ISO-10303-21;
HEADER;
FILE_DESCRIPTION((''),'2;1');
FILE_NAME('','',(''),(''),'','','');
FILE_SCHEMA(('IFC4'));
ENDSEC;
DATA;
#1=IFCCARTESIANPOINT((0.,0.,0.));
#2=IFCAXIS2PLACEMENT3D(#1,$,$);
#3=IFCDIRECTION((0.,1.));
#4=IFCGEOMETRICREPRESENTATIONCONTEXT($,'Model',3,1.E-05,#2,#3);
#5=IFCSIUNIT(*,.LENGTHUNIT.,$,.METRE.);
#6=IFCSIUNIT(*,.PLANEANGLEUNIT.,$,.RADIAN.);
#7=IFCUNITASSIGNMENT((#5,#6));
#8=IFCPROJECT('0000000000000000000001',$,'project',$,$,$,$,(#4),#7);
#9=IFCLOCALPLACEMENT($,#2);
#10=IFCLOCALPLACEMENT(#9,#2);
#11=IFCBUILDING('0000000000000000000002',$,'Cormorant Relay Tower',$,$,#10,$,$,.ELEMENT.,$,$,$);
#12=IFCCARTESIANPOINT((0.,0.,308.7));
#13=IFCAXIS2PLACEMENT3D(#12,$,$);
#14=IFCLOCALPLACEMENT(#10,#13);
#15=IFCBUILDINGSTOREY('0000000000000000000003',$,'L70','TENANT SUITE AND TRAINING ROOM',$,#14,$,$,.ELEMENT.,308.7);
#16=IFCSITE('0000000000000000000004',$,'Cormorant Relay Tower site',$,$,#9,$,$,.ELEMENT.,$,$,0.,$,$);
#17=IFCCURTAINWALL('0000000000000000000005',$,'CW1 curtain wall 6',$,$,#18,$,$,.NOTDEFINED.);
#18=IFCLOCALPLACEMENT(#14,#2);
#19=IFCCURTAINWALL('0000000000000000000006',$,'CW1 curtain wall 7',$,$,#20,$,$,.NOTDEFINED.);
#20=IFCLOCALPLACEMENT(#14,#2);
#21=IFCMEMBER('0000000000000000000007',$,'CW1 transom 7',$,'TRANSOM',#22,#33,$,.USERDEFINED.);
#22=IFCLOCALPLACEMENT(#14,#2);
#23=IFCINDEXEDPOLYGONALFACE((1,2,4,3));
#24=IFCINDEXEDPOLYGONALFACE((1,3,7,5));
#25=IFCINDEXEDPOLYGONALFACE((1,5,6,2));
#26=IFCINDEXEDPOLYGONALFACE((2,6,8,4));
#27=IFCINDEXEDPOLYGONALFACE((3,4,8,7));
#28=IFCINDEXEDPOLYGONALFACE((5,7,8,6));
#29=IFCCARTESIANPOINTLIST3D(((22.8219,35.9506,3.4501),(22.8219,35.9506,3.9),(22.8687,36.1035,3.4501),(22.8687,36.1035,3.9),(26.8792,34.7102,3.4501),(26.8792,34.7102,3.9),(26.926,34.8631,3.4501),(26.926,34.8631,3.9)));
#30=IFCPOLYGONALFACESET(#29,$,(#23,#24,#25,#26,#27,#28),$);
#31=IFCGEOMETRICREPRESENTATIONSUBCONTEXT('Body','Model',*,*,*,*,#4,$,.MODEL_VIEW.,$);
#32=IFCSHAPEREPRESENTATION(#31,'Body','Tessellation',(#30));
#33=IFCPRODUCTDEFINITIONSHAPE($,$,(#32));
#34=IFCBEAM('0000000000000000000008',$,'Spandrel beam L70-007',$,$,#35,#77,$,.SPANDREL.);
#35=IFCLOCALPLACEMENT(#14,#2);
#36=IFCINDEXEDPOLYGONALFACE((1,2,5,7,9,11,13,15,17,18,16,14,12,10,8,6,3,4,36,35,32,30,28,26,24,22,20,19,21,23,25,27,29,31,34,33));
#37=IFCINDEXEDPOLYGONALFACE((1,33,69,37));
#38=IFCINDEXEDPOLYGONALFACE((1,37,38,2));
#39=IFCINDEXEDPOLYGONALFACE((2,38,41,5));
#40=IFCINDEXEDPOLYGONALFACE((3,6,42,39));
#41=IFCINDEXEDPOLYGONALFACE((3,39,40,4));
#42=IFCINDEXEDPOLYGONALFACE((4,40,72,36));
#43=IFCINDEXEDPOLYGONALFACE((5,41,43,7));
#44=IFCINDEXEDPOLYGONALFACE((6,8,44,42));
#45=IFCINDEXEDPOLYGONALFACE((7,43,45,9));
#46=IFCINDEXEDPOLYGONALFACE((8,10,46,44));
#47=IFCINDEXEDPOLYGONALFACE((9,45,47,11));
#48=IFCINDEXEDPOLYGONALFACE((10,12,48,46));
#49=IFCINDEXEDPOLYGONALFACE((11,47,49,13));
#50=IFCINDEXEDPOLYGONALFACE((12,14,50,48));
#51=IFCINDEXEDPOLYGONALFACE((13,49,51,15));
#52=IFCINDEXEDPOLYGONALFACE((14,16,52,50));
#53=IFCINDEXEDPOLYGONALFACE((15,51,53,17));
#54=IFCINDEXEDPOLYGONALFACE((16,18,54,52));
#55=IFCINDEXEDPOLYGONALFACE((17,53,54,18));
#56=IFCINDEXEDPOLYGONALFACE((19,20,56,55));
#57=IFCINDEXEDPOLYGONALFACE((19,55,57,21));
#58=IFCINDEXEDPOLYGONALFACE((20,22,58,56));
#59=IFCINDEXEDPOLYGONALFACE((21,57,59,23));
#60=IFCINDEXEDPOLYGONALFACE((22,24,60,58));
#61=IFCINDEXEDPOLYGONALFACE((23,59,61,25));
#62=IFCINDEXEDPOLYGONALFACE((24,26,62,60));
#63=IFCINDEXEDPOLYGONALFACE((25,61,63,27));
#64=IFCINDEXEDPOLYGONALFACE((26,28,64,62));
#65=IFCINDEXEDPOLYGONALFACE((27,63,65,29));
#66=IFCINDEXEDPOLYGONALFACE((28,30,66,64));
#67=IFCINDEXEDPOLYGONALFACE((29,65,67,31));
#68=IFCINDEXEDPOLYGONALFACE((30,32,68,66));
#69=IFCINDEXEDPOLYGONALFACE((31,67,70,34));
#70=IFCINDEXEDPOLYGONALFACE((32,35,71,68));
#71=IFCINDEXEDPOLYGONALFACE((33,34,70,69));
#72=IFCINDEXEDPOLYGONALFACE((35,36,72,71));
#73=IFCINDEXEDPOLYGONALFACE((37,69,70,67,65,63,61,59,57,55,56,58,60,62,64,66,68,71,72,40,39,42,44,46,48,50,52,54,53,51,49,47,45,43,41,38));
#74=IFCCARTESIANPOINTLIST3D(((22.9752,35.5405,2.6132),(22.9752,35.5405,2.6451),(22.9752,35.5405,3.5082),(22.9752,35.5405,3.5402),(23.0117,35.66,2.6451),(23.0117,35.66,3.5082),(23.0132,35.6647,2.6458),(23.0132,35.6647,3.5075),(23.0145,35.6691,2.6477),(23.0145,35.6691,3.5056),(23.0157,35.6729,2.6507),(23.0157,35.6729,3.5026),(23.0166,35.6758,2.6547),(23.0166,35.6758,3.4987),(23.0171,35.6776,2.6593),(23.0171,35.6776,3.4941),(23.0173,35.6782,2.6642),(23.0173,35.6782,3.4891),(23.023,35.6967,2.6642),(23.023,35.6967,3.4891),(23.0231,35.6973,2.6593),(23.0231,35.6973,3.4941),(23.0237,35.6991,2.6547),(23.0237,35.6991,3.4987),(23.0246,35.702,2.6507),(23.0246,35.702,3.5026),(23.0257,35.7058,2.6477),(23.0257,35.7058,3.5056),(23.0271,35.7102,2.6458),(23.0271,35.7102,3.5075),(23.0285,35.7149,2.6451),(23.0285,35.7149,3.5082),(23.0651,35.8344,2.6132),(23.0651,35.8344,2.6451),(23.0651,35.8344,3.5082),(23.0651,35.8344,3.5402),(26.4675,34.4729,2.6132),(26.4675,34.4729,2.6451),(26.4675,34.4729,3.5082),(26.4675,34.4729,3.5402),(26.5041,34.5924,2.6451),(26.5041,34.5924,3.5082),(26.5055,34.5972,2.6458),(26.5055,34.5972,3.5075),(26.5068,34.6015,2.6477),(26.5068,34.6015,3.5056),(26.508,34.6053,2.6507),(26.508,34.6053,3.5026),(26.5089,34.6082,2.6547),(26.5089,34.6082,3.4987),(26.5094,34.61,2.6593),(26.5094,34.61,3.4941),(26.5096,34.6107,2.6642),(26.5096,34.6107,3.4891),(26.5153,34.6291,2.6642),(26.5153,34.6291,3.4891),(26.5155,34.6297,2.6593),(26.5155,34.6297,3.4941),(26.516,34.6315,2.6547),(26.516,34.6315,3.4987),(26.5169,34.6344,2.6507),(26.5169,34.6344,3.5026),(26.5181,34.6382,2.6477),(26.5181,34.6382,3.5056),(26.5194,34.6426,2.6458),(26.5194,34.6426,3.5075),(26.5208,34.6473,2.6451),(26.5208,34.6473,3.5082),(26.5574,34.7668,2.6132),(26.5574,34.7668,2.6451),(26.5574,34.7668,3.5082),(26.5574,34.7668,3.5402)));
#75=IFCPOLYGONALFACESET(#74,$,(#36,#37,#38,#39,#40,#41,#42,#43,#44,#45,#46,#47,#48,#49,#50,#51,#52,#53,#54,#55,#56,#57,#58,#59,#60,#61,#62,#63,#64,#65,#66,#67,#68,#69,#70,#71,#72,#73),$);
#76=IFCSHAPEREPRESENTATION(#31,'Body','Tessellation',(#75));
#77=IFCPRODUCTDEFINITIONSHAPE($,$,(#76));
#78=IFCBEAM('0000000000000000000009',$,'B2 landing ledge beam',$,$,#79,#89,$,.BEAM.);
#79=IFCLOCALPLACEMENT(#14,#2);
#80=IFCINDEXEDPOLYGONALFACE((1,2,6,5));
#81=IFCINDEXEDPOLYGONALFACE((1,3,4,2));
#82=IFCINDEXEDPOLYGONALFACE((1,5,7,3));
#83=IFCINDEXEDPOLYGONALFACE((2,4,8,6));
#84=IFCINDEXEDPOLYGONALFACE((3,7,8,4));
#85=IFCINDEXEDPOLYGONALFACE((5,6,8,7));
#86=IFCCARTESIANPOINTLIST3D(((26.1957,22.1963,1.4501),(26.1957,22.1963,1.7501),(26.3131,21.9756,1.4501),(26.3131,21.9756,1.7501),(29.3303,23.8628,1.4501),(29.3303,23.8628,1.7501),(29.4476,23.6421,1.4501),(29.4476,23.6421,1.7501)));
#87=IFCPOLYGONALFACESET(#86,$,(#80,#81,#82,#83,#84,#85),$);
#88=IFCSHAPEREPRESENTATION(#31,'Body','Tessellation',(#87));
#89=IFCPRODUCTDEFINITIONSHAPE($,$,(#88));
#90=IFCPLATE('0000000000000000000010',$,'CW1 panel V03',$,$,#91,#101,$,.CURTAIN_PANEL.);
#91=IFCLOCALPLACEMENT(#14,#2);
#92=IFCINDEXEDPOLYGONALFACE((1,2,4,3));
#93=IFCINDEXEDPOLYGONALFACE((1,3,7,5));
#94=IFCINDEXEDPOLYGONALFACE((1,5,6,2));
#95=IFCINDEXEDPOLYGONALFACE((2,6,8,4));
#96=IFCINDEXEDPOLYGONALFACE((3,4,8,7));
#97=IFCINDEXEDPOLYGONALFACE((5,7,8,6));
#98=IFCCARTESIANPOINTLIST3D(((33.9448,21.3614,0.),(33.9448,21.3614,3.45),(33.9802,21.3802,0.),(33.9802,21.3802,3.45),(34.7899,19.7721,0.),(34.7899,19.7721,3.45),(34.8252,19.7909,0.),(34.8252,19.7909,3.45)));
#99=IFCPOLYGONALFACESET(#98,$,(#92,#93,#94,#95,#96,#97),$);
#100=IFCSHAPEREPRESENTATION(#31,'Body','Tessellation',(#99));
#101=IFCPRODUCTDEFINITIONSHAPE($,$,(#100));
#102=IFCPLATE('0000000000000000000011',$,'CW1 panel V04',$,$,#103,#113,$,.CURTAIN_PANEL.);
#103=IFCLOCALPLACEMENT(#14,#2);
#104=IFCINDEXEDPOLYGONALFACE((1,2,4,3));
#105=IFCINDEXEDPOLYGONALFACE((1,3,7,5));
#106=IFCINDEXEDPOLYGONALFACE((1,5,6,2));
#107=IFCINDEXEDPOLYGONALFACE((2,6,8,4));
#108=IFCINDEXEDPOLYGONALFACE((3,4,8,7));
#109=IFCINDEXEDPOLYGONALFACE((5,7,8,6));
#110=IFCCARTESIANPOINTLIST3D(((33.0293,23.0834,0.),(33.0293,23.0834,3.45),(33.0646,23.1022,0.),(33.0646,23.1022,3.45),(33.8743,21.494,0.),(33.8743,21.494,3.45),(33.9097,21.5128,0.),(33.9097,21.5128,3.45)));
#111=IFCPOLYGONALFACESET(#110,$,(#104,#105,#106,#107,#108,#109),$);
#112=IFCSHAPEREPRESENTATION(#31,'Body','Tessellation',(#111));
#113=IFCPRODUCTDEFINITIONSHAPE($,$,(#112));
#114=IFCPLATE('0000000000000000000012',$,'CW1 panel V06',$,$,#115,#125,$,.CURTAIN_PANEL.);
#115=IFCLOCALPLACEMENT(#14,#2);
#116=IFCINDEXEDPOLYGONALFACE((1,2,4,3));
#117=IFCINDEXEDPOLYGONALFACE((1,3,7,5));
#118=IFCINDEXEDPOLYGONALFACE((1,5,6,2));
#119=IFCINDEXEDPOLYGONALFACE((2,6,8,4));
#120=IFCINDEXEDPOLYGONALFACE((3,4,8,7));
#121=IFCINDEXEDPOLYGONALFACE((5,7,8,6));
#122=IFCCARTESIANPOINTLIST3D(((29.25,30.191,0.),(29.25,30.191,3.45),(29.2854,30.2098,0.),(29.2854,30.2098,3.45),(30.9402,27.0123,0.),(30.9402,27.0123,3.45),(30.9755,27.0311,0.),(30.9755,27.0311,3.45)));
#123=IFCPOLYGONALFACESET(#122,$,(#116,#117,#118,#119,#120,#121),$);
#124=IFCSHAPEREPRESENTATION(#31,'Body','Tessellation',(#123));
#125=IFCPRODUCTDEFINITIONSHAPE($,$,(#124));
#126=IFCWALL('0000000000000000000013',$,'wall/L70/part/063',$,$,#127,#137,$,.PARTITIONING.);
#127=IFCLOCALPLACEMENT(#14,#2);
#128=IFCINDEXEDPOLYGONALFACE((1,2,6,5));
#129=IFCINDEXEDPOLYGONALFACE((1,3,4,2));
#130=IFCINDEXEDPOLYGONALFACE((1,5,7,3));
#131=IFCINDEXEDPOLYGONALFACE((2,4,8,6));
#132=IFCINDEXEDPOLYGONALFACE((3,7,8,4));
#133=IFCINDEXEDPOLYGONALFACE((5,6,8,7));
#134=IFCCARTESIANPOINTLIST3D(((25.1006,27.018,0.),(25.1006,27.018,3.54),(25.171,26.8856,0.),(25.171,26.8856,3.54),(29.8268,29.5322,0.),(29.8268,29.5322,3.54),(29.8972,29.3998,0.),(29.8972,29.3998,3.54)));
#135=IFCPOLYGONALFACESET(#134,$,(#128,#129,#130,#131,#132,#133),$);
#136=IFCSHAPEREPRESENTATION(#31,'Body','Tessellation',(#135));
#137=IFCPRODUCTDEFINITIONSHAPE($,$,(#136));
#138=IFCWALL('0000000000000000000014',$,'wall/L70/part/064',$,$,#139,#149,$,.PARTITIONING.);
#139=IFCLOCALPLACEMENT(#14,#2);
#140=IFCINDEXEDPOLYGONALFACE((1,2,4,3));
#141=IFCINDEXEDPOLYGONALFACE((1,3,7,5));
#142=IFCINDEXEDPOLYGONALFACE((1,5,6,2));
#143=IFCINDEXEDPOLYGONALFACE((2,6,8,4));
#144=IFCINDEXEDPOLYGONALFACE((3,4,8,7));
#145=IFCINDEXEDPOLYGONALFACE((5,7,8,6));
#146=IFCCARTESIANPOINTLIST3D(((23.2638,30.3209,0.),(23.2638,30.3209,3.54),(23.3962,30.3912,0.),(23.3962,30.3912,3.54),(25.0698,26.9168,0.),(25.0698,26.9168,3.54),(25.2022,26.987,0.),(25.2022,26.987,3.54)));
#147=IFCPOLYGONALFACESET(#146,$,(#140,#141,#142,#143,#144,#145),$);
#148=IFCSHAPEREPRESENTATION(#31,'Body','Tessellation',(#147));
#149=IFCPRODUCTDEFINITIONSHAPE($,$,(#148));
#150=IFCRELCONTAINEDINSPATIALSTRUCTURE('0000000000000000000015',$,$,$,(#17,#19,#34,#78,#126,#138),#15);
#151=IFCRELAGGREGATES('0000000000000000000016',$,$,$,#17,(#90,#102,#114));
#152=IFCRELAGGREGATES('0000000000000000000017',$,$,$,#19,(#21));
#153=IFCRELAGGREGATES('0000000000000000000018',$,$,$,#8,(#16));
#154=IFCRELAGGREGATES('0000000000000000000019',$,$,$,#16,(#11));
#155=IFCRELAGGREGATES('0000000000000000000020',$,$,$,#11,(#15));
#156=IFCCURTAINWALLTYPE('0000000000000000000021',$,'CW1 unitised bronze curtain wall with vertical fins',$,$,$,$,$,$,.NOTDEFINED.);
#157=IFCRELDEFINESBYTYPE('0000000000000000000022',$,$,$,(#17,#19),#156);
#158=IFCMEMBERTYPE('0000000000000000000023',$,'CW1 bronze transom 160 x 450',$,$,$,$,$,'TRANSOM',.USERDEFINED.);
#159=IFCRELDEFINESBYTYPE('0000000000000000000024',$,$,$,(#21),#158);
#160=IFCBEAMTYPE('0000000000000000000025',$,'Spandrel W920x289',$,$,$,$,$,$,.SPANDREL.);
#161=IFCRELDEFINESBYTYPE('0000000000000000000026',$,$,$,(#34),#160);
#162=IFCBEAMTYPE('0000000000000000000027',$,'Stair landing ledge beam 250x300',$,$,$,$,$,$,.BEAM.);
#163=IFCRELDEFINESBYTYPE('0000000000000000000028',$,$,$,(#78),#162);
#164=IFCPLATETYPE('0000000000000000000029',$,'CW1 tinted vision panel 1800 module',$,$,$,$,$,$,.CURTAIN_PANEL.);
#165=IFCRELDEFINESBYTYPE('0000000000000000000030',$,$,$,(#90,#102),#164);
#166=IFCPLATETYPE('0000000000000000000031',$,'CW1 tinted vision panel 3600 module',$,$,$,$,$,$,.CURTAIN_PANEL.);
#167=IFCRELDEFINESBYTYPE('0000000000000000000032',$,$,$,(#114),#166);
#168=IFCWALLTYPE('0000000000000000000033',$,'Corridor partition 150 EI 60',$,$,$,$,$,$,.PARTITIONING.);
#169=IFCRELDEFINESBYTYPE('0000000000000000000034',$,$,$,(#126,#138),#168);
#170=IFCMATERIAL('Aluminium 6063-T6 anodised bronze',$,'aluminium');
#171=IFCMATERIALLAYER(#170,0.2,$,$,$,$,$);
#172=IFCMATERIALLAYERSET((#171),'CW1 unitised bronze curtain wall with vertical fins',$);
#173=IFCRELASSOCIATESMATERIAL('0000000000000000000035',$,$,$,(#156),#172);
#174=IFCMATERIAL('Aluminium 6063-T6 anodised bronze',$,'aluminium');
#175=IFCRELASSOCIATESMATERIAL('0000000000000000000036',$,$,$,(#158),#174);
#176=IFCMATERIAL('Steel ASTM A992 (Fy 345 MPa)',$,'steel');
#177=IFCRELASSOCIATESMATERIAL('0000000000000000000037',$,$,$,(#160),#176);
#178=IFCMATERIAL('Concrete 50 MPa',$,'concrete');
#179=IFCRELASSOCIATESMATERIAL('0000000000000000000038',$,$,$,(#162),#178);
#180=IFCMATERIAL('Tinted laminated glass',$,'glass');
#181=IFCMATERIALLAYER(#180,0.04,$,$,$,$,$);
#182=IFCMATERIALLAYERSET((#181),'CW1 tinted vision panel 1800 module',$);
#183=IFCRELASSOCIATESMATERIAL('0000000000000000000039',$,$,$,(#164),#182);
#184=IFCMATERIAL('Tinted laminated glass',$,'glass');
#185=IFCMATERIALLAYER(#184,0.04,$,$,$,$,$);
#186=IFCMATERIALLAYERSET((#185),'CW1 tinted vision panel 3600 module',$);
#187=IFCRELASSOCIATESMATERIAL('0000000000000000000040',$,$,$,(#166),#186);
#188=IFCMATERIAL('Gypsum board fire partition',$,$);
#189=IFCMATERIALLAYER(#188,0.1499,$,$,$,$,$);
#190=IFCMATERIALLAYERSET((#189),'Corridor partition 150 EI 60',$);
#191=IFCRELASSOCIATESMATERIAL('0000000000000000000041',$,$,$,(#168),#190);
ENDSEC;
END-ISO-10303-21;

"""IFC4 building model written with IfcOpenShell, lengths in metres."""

from ifc_helpers import new_model, si_unit, direction, frame, frame_2d, origin, origin_2d, place, context, subcontext, project, spatial, rectangle, i_section, extrude, material, layer, layer_set, material_profile, profile_set, type_object, element, aggregate, save


model = new_model("IFC4")

# Units and contexts
model_context = context("Model", 3, precision=1e-05, world=origin(), true_north=direction((0.0, 1.0)))
body_context = subcontext(model_context, "Body", "Model", "MODEL_VIEW")
ifc_project = project(units=[si_unit("LENGTHUNIT", "METRE"), si_unit("PLANEANGLEUNIT", "RADIAN")], contexts=[model_context])

# Site, building, storey
site_placement = place(None, origin())
site = spatial("IfcSite", under=ifc_project, at=site_placement, Name="Cormorant Relay Tower site", CompositionType="ELEMENT", RefElevation=0.0)
building_placement = place(site_placement, origin())
building = spatial("IfcBuilding", under=site, at=building_placement, Name="Cormorant Relay Tower", CompositionType="ELEMENT")
storey_placement = place(building_placement, frame((0.0, 0.0, 308.7)))
storey = spatial("IfcBuildingStorey", under=building, at=storey_placement, Name="L70", Description="TENANT SUITE AND TRAINING ROOM", CompositionType="ELEMENT", Elevation=308.7)

# Curtain walls, member
ifc_material_1 = material(Name="Aluminium 6063-T6 anodised bronze", Category="aluminium")
ifc_layer_1 = layer(ifc_material_1, 0.2)
ifc_layer_set_1 = layer_set([ifc_layer_1], Name="CW1 unitised bronze curtain wall with vertical fins")
curtain_wall_type = type_object("IfcCurtainWallType", Name="CW1 unitised bronze curtain wall with vertical fins", PredefinedType="NOTDEFINED", material=ifc_layer_set_1)
curtain_wall_1_placement = place(storey_placement, origin())
curtain_wall_1 = element("IfcCurtainWall", 1, at=curtain_wall_1_placement, inside=storey, type_object=curtain_wall_type, Name="CW1 curtain wall 6", PredefinedType="NOTDEFINED")
curtain_wall_2_placement = place(storey_placement, origin())
curtain_wall_2 = element("IfcCurtainWall", 2, at=curtain_wall_2_placement, inside=storey, type_object=curtain_wall_type, Name="CW1 curtain wall 7", PredefinedType="NOTDEFINED")
ifc_material_2 = material(Name="Aluminium 6063-T6 anodised bronze", Category="aluminium")
ifc_material_profile_1 = material_profile(ifc_material_2, rectangle(XDim=0.1599, YDim=0.45, at=origin_2d()), Name="AL 160x450")
ifc_profile_set_1 = profile_set([ifc_material_profile_1], Name="Aluminium 6063-T6 anodised bronze")
member_type_1 = type_object("IfcMemberType", Name="CW1 bronze transom 160 x 450", ElementType="TRANSOM", PredefinedType="USERDEFINED", material=ifc_profile_set_1)
member_1_placement = place(storey_placement, frame((26.9026, 34.7866, 3.675), z_axis=(-0.956304, 0.292375, 0.0), x_axis=(-0.292375, -0.956304, 0.0)))
member_1 = element("IfcMember", 3, at=member_1_placement, type_object=member_type_1, Name="CW1 transom 7", ObjectType="TRANSOM", PredefinedType="USERDEFINED", context=body_context, shape_type="SweptSolid", body=[
    extrude(rectangle(XDim=0.1599, YDim=0.45, at=origin_2d()), origin(), (0.0, 0.0, 1.0), 4.2427),
])

# Beams
ifc_material_3 = material(Name="Steel ASTM A992 (Fy 345 MPa)", Category="steel")
ifc_material_profile_2 = material_profile(ifc_material_3, i_section(OverallWidth=0.3074, OverallDepth=0.927, WebThickness=0.0193, FlangeThickness=0.032, FilletRadius=0.019, at=origin_2d()), Name="W920x289")
ifc_profile_set_2 = profile_set([ifc_material_profile_2], Name="Steel ASTM A992 (Fy 345 MPa)")
beam_type_1 = type_object("IfcBeamType", Name="Spandrel W920x289", PredefinedType="SPANDREL", material=ifc_profile_set_2)
beam_1_placement = place(storey_placement, frame((26.5125, 34.6199, 3.0767), z_axis=(-0.956314, 0.292343, 0.0), x_axis=(-0.292343, -0.956314, 0.0)))
element("IfcBeam", 4, at=beam_1_placement, inside=storey, type_object=beam_type_1, Name="Spandrel beam L70-007", PredefinedType="SPANDREL", context=body_context, shape_type="SweptSolid", body=[
    extrude(i_section(OverallWidth=0.3074, OverallDepth=0.927, WebThickness=0.0193, FlangeThickness=0.032, FilletRadius=0.019, at=origin_2d()), origin(), (0.0, 0.0, 1.0), 3.6519),
])
ifc_material_4 = material(Name="Concrete 50 MPa", Category="concrete")
ifc_material_profile_3 = material_profile(ifc_material_4, rectangle(XDim=0.25, YDim=0.3, at=origin_2d()), Name="RC 250x300")
ifc_profile_set_3 = profile_set([ifc_material_profile_3], Name="Concrete 50 MPa")
beam_type_2 = type_object("IfcBeamType", Name="Stair landing ledge beam 250x300", PredefinedType="BEAM", material=ifc_profile_set_3)
beam_2_placement = place(storey_placement, frame((26.2544, 22.0859, 1.6001), z_axis=(0.882965, 0.469438, 0.0), x_axis=(-0.469438, 0.882965, 0.0)))
element("IfcBeam", 5, at=beam_2_placement, inside=storey, type_object=beam_type_2, Name="B2 landing ledge beam", PredefinedType="BEAM", context=body_context, shape_type="SweptSolid", body=[
    extrude(rectangle(XDim=0.25, YDim=0.3, at=origin_2d()), origin(), (0.0, 0.0, 1.0), 3.55),
])

# Plates
ifc_material_5 = material(Name="Tinted laminated glass", Category="glass")
ifc_layer_2 = layer(ifc_material_5, 0.04)
ifc_layer_set_2 = layer_set([ifc_layer_2], Name="CW1 tinted vision panel 1800 module")
plate_type_1 = type_object("IfcPlateType", Name="CW1 tinted vision panel 1800 module", PredefinedType="CURTAIN_PANEL", material=ifc_layer_set_2)
plate_1_placement = place(storey_placement, frame((34.385, 20.5762, 0.0), z_axis=(0.0, 0.0, 1.0), x_axis=(-0.469472, 0.882948, 0.0)))
plate_1 = element("IfcPlate", 6, at=plate_1_placement, type_object=plate_type_1, Name="CW1 panel V03", PredefinedType="CURTAIN_PANEL", context=body_context, shape_type="SweptSolid", body=[
    extrude(rectangle(XDim=1.8, YDim=0.04, at=origin_2d()), origin(), (0.0, 0.0, 1.0), 3.45),
])
plate_2_placement = place(storey_placement, frame((33.4695, 22.2981, 0.0), z_axis=(0.0, 0.0, 1.0), x_axis=(-0.469472, 0.882948, 0.0)))
plate_2 = element("IfcPlate", 7, at=plate_2_placement, type_object=plate_type_1, Name="CW1 panel V04", PredefinedType="CURTAIN_PANEL", context=body_context, shape_type="SweptSolid", body=[
    extrude(rectangle(XDim=1.8, YDim=0.04, at=origin_2d()), origin(), (0.0, 0.0, 1.0), 3.45),
])
ifc_material_6 = material(Name="Tinted laminated glass", Category="glass")
ifc_layer_3 = layer(ifc_material_6, 0.04)
ifc_layer_set_3 = layer_set([ifc_layer_3], Name="CW1 tinted vision panel 3600 module")
plate_type_2 = type_object("IfcPlateType", Name="CW1 tinted vision panel 3600 module", PredefinedType="CURTAIN_PANEL", material=ifc_layer_set_3)
plate_3_placement = place(storey_placement, frame((30.1128, 28.6111, 0.0), z_axis=(0.0, 0.0, 1.0), x_axis=(-0.469472, 0.882948, 0.0)))
plate_3 = element("IfcPlate", 8, at=plate_3_placement, type_object=plate_type_2, Name="CW1 panel V06", PredefinedType="CURTAIN_PANEL", context=body_context, shape_type="SweptSolid", body=[
    extrude(rectangle(XDim=3.6001, YDim=0.04, at=origin_2d()), origin(), (0.0, 0.0, 1.0), 3.45),
])

# Walls
ifc_material_7 = material(Name="Gypsum board fire partition")
ifc_layer_4 = layer(ifc_material_7, 0.1499)
ifc_layer_set_4 = layer_set([ifc_layer_4], Name="Corridor partition 150 EI 60")
wall_type = type_object("IfcWallType", Name="Corridor partition 150 EI 60", PredefinedType="PARTITIONING", material=ifc_layer_set_4)
wall_1_placement = place(storey_placement, frame((29.8621, 29.4661, 0.0), z_axis=(0.0, 0.0, 1.0), x_axis=(-0.88285, -0.469655, 0.0)))
element("IfcWall", 9, at=wall_1_placement, inside=storey, type_object=wall_type, Name="wall/L70/part/063", PredefinedType="PARTITIONING", context=body_context, shape_type="SweptSolid", body=[
    extrude(rectangle(XDim=5.3533, YDim=0.1499, at=frame_2d((2.6768, 0.0))), origin(), (0.0, 0.0, 1.0), 3.54),
])
wall_2_placement = place(storey_placement, frame((25.136, 26.9519, 0.0), z_axis=(0.0, 0.0, 1.0), x_axis=(-0.46865, 0.883384, 0.0)))
element("IfcWall", 10, at=wall_2_placement, inside=storey, type_object=wall_type, Name="wall/L70/part/064", PredefinedType="PARTITIONING", context=body_context, shape_type="SweptSolid", body=[
    extrude(rectangle(XDim=3.8535, YDim=0.1499, at=frame_2d((1.9268, 0.0))), origin(), (0.0, 0.0, 1.0), 3.54),
])

aggregate(curtain_wall_1, [plate_1, plate_2, plate_3])
aggregate(curtain_wall_2, [member_1])

save(model, "model.ifc")
